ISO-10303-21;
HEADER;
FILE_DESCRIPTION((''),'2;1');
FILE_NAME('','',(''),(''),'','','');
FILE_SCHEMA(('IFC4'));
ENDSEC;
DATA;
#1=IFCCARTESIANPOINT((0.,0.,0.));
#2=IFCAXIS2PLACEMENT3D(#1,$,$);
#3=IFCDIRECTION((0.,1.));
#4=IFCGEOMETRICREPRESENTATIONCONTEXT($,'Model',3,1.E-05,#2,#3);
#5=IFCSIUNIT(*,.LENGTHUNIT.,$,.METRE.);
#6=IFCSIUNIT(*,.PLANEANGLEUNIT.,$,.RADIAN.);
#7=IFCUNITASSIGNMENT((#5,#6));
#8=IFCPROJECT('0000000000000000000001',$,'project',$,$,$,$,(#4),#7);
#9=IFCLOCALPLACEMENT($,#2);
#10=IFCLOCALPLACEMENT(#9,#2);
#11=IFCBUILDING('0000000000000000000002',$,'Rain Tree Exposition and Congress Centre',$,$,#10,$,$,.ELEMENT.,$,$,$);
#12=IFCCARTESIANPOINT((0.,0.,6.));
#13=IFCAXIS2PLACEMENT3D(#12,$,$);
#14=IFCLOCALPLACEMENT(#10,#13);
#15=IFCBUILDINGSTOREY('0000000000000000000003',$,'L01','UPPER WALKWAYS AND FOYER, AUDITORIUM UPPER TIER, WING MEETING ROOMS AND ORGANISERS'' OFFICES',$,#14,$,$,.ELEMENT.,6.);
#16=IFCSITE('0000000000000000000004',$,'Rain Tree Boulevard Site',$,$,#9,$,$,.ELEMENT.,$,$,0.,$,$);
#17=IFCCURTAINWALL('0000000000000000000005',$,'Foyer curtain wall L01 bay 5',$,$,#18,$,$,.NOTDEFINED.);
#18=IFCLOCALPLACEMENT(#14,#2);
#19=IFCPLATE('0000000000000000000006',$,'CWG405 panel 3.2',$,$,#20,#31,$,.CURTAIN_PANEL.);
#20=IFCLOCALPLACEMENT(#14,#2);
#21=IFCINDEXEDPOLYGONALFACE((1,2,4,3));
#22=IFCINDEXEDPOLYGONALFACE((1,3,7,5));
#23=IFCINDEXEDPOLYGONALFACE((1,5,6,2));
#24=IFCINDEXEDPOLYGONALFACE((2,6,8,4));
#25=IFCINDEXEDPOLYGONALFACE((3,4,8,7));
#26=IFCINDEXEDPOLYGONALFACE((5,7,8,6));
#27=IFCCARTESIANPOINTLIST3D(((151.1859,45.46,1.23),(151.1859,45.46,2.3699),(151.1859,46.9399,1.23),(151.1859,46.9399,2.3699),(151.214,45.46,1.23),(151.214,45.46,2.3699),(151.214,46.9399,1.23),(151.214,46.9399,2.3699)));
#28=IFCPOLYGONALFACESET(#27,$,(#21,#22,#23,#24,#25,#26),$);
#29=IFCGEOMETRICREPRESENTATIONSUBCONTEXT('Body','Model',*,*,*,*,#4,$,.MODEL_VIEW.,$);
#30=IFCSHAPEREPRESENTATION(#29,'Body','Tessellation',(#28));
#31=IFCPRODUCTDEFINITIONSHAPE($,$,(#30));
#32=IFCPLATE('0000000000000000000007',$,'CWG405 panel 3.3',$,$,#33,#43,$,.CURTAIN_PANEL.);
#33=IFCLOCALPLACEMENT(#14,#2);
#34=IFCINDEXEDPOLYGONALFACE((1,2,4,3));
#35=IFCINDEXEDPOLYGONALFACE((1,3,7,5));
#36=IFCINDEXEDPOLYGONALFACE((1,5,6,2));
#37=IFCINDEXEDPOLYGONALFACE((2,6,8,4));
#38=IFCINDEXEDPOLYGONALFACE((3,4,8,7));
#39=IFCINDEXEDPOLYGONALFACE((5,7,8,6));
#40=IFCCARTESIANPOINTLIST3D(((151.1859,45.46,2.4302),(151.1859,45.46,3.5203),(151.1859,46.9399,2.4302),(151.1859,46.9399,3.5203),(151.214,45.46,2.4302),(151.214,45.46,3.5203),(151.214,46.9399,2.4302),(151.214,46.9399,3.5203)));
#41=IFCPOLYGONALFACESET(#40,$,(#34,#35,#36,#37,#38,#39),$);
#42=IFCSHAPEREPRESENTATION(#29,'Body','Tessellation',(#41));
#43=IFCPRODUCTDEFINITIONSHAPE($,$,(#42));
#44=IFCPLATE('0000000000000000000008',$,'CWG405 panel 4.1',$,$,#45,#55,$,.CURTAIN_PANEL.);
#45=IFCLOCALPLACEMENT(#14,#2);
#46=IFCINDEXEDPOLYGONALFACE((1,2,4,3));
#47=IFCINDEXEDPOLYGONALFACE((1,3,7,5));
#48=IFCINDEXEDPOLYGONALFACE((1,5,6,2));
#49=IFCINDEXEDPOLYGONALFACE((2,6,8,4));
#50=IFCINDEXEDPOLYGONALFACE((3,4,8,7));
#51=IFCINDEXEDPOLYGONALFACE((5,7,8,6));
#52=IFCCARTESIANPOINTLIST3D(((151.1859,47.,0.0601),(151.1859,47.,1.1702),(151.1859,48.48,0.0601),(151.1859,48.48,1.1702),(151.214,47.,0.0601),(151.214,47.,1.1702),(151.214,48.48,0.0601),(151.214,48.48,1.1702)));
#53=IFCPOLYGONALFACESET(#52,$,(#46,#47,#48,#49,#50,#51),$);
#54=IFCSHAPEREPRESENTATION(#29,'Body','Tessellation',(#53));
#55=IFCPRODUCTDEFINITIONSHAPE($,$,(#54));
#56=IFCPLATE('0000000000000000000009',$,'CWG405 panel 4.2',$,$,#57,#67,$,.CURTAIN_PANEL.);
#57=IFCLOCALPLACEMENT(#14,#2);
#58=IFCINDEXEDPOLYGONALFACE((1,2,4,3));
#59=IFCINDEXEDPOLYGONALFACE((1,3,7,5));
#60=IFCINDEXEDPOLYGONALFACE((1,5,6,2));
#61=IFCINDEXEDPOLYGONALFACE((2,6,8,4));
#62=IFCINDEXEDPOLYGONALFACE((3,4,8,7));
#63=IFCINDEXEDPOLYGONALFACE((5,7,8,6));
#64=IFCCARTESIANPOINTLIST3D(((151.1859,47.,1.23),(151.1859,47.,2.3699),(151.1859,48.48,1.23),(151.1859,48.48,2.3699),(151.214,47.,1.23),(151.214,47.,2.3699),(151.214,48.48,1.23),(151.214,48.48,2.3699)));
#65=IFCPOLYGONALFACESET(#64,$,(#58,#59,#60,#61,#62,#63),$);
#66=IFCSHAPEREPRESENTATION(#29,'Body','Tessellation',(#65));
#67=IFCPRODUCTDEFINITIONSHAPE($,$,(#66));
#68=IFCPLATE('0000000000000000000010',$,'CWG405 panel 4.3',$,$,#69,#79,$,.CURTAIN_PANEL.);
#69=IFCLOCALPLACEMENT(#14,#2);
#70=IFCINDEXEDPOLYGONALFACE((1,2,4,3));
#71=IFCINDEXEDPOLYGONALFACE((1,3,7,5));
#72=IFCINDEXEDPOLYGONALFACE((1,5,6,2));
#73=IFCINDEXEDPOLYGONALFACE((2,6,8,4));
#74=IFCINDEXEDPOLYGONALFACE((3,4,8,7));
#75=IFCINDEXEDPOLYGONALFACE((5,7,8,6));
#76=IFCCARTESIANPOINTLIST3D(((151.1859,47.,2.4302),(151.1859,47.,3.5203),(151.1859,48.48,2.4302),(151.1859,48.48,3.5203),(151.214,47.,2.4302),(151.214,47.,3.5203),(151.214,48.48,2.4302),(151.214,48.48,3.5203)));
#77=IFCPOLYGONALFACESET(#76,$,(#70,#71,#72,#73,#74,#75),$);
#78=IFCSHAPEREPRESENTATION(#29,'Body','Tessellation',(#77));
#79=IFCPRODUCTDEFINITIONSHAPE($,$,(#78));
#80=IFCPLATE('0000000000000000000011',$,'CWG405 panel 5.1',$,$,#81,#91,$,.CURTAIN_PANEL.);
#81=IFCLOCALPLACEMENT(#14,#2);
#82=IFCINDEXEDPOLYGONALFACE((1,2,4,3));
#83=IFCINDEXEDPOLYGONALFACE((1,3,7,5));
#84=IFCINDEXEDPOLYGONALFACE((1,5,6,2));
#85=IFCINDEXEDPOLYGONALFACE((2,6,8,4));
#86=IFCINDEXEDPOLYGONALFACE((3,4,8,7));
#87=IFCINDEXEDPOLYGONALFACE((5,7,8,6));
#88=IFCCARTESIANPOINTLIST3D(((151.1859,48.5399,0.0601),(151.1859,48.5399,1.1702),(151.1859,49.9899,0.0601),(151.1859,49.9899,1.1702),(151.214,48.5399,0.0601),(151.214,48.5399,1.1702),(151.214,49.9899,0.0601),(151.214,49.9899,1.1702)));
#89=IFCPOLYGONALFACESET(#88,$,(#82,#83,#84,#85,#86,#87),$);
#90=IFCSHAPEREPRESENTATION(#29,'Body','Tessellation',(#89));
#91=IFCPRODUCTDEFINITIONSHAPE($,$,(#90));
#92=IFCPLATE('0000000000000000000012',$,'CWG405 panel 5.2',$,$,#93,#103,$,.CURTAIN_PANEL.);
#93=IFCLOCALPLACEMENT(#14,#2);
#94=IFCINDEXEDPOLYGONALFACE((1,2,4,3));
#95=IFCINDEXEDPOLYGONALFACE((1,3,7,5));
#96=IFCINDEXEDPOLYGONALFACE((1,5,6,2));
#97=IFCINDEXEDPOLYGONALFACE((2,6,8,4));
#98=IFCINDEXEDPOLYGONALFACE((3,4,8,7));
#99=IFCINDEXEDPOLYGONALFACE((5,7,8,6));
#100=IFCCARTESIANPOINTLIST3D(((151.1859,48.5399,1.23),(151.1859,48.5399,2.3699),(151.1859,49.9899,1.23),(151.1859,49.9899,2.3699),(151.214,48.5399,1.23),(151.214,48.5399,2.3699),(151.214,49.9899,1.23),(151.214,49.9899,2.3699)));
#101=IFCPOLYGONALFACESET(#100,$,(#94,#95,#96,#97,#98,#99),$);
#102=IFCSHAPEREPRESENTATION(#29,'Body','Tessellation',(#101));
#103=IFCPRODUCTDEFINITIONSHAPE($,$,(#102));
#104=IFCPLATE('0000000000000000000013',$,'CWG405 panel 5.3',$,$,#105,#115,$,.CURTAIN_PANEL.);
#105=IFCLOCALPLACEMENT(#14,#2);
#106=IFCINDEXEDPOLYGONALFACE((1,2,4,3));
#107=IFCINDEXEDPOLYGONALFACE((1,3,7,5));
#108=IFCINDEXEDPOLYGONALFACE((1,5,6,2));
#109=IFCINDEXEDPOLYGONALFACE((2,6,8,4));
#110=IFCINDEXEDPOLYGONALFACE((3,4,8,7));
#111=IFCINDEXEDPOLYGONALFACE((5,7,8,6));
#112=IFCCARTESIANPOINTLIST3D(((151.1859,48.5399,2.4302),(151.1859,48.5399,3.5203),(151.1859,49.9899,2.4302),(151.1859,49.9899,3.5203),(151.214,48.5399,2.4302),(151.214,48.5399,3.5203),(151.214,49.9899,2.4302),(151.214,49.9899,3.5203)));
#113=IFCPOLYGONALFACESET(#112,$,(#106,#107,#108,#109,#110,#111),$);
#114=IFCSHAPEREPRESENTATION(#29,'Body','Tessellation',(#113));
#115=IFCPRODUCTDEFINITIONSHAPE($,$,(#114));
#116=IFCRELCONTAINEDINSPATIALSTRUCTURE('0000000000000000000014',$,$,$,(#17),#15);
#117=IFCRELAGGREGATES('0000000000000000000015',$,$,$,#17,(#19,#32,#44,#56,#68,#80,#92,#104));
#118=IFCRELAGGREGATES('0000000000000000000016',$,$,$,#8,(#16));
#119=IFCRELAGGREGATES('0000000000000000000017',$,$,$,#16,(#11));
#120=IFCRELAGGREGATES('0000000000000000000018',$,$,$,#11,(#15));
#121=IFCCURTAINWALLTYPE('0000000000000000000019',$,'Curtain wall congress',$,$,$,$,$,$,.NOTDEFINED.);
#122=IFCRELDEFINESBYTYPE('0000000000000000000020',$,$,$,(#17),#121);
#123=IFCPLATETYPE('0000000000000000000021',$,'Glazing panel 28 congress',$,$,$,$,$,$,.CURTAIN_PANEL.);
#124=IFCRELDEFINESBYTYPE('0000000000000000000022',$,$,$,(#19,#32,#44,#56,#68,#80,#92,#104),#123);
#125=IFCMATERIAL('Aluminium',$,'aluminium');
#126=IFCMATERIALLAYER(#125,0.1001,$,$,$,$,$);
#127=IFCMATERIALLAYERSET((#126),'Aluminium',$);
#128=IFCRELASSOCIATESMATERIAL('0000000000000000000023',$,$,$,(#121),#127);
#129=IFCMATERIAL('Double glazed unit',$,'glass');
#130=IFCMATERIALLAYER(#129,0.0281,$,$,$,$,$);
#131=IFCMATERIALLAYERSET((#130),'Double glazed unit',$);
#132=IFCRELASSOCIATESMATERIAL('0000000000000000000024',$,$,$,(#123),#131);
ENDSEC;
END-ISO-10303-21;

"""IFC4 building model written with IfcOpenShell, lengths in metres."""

from ifc_helpers import new_model, si_unit, direction, frame, origin, origin_2d, place, context, subcontext, project, spatial, rectangle, extrude, material, layer, layer_set, type_object, element, aggregate, save


model = new_model("IFC4")

# Units and contexts
model_context = context("Model", 3, precision=1e-05, world=origin(), true_north=direction((0.0, 1.0)))
body_context = subcontext(model_context, "Body", "Model", "MODEL_VIEW")
ifc_project = project(units=[si_unit("LENGTHUNIT", "METRE"), si_unit("PLANEANGLEUNIT", "RADIAN")], contexts=[model_context])

# Site, building, storey
site_placement = place(None, origin())
site = spatial("IfcSite", under=ifc_project, at=site_placement, Name="Rain Tree Boulevard Site", CompositionType="ELEMENT", RefElevation=0.0)
building_placement = place(site_placement, origin())
building = spatial("IfcBuilding", under=site, at=building_placement, Name="Rain Tree Exposition and Congress Centre", CompositionType="ELEMENT")
storey_placement = place(building_placement, frame((0.0, 0.0, 6.0)))
storey = spatial("IfcBuildingStorey", under=building, at=storey_placement, Name="L01", Description="UPPER WALKWAYS AND FOYER, AUDITORIUM UPPER TIER, WING MEETING ROOMS AND ORGANISERS' OFFICES", CompositionType="ELEMENT", Elevation=6.0)

# Curtain wall
ifc_material_1 = material(Name="Aluminium", Category="aluminium")
ifc_layer_1 = layer(ifc_material_1, 0.1001)
ifc_layer_set_1 = layer_set([ifc_layer_1], Name="Aluminium")
curtain_wall_type = type_object("IfcCurtainWallType", Name="Curtain wall congress", PredefinedType="NOTDEFINED", material=ifc_layer_set_1)
curtain_wall_1_placement = place(storey_placement, origin())
curtain_wall_1 = element("IfcCurtainWall", 1, at=curtain_wall_1_placement, inside=storey, type_object=curtain_wall_type, Name="Foyer curtain wall L01 bay 5", PredefinedType="NOTDEFINED")

# Plates
ifc_material_2 = material(Name="Double glazed unit", Category="glass")
ifc_layer_2 = layer(ifc_material_2, 0.0281)
ifc_layer_set_2 = layer_set([ifc_layer_2], Name="Double glazed unit")
plate_type = type_object("IfcPlateType", Name="Glazing panel 28 congress", PredefinedType="CURTAIN_PANEL", material=ifc_layer_set_2)
plate_1_placement = place(storey_placement, frame((151.2, 46.2, 1.23), z_axis=(0.0, 0.0, 1.0), x_axis=(0.0, 1.0, 0.0)))
plate_1 = element("IfcPlate", 2, at=plate_1_placement, type_object=plate_type, Name="CWG405 panel 3.2", PredefinedType="CURTAIN_PANEL", context=body_context, shape_type="SweptSolid", body=[
    extrude(rectangle(XDim=1.48, YDim=0.0281, at=origin_2d()), origin(), (0.0, 0.0, 1.0), 1.1399),
])
plate_2_placement = place(storey_placement, frame((151.2, 46.2, 2.4302), z_axis=(0.0, 0.0, 1.0), x_axis=(0.0, 1.0, 0.0)))
plate_2 = element("IfcPlate", 3, at=plate_2_placement, type_object=plate_type, Name="CWG405 panel 3.3", PredefinedType="CURTAIN_PANEL", context=body_context, shape_type="SweptSolid", body=[
    extrude(rectangle(XDim=1.48, YDim=0.0281, at=origin_2d()), origin(), (0.0, 0.0, 1.0), 1.0901),
])
plate_3_placement = place(storey_placement, frame((151.2, 47.74, 0.0601), z_axis=(0.0, 0.0, 1.0), x_axis=(0.0, 1.0, 0.0)))
plate_3 = element("IfcPlate", 4, at=plate_3_placement, type_object=plate_type, Name="CWG405 panel 4.1", PredefinedType="CURTAIN_PANEL", context=body_context, shape_type="SweptSolid", body=[
    extrude(rectangle(XDim=1.48, YDim=0.0281, at=origin_2d()), origin(), (0.0, 0.0, 1.0), 1.1101),
])
plate_4_placement = place(storey_placement, frame((151.2, 47.74, 1.23), z_axis=(0.0, 0.0, 1.0), x_axis=(0.0, 1.0, 0.0)))
plate_4 = element("IfcPlate", 5, at=plate_4_placement, type_object=plate_type, Name="CWG405 panel 4.2", PredefinedType="CURTAIN_PANEL", context=body_context, shape_type="SweptSolid", body=[
    extrude(rectangle(XDim=1.48, YDim=0.0281, at=origin_2d()), origin(), (0.0, 0.0, 1.0), 1.1399),
])
plate_5_placement = place(storey_placement, frame((151.2, 47.74, 2.4302), z_axis=(0.0, 0.0, 1.0), x_axis=(0.0, 1.0, 0.0)))
plate_5 = element("IfcPlate", 6, at=plate_5_placement, type_object=plate_type, Name="CWG405 panel 4.3", PredefinedType="CURTAIN_PANEL", context=body_context, shape_type="SweptSolid", body=[
    extrude(rectangle(XDim=1.48, YDim=0.0281, at=origin_2d()), origin(), (0.0, 0.0, 1.0), 1.0901),
])
plate_6_placement = place(storey_placement, frame((151.2, 49.2649, 0.0601), z_axis=(0.0, 0.0, 1.0), x_axis=(0.0, 1.0, 0.0)))
plate_6 = element("IfcPlate", 7, at=plate_6_placement, type_object=plate_type, Name="CWG405 panel 5.1", PredefinedType="CURTAIN_PANEL", context=body_context, shape_type="SweptSolid", body=[
    extrude(rectangle(XDim=1.45, YDim=0.0281, at=origin_2d()), origin(), (0.0, 0.0, 1.0), 1.1101),
])
plate_7_placement = place(storey_placement, frame((151.2, 49.2649, 1.23), z_axis=(0.0, 0.0, 1.0), x_axis=(0.0, 1.0, 0.0)))
plate_7 = element("IfcPlate", 8, at=plate_7_placement, type_object=plate_type, Name="CWG405 panel 5.2", PredefinedType="CURTAIN_PANEL", context=body_context, shape_type="SweptSolid", body=[
    extrude(rectangle(XDim=1.45, YDim=0.0281, at=origin_2d()), origin(), (0.0, 0.0, 1.0), 1.1399),
])
plate_8_placement = place(storey_placement, frame((151.2, 49.2649, 2.4302), z_axis=(0.0, 0.0, 1.0), x_axis=(0.0, 1.0, 0.0)))
plate_8 = element("IfcPlate", 9, at=plate_8_placement, type_object=plate_type, Name="CWG405 panel 5.3", PredefinedType="CURTAIN_PANEL", context=body_context, shape_type="SweptSolid", body=[
    extrude(rectangle(XDim=1.45, YDim=0.0281, at=origin_2d()), origin(), (0.0, 0.0, 1.0), 1.0901),
])
aggregate(curtain_wall_1, [plate_1, plate_2, plate_3, plate_4, plate_5, plate_6, plate_7, plate_8])

save(model, "model.ifc")
